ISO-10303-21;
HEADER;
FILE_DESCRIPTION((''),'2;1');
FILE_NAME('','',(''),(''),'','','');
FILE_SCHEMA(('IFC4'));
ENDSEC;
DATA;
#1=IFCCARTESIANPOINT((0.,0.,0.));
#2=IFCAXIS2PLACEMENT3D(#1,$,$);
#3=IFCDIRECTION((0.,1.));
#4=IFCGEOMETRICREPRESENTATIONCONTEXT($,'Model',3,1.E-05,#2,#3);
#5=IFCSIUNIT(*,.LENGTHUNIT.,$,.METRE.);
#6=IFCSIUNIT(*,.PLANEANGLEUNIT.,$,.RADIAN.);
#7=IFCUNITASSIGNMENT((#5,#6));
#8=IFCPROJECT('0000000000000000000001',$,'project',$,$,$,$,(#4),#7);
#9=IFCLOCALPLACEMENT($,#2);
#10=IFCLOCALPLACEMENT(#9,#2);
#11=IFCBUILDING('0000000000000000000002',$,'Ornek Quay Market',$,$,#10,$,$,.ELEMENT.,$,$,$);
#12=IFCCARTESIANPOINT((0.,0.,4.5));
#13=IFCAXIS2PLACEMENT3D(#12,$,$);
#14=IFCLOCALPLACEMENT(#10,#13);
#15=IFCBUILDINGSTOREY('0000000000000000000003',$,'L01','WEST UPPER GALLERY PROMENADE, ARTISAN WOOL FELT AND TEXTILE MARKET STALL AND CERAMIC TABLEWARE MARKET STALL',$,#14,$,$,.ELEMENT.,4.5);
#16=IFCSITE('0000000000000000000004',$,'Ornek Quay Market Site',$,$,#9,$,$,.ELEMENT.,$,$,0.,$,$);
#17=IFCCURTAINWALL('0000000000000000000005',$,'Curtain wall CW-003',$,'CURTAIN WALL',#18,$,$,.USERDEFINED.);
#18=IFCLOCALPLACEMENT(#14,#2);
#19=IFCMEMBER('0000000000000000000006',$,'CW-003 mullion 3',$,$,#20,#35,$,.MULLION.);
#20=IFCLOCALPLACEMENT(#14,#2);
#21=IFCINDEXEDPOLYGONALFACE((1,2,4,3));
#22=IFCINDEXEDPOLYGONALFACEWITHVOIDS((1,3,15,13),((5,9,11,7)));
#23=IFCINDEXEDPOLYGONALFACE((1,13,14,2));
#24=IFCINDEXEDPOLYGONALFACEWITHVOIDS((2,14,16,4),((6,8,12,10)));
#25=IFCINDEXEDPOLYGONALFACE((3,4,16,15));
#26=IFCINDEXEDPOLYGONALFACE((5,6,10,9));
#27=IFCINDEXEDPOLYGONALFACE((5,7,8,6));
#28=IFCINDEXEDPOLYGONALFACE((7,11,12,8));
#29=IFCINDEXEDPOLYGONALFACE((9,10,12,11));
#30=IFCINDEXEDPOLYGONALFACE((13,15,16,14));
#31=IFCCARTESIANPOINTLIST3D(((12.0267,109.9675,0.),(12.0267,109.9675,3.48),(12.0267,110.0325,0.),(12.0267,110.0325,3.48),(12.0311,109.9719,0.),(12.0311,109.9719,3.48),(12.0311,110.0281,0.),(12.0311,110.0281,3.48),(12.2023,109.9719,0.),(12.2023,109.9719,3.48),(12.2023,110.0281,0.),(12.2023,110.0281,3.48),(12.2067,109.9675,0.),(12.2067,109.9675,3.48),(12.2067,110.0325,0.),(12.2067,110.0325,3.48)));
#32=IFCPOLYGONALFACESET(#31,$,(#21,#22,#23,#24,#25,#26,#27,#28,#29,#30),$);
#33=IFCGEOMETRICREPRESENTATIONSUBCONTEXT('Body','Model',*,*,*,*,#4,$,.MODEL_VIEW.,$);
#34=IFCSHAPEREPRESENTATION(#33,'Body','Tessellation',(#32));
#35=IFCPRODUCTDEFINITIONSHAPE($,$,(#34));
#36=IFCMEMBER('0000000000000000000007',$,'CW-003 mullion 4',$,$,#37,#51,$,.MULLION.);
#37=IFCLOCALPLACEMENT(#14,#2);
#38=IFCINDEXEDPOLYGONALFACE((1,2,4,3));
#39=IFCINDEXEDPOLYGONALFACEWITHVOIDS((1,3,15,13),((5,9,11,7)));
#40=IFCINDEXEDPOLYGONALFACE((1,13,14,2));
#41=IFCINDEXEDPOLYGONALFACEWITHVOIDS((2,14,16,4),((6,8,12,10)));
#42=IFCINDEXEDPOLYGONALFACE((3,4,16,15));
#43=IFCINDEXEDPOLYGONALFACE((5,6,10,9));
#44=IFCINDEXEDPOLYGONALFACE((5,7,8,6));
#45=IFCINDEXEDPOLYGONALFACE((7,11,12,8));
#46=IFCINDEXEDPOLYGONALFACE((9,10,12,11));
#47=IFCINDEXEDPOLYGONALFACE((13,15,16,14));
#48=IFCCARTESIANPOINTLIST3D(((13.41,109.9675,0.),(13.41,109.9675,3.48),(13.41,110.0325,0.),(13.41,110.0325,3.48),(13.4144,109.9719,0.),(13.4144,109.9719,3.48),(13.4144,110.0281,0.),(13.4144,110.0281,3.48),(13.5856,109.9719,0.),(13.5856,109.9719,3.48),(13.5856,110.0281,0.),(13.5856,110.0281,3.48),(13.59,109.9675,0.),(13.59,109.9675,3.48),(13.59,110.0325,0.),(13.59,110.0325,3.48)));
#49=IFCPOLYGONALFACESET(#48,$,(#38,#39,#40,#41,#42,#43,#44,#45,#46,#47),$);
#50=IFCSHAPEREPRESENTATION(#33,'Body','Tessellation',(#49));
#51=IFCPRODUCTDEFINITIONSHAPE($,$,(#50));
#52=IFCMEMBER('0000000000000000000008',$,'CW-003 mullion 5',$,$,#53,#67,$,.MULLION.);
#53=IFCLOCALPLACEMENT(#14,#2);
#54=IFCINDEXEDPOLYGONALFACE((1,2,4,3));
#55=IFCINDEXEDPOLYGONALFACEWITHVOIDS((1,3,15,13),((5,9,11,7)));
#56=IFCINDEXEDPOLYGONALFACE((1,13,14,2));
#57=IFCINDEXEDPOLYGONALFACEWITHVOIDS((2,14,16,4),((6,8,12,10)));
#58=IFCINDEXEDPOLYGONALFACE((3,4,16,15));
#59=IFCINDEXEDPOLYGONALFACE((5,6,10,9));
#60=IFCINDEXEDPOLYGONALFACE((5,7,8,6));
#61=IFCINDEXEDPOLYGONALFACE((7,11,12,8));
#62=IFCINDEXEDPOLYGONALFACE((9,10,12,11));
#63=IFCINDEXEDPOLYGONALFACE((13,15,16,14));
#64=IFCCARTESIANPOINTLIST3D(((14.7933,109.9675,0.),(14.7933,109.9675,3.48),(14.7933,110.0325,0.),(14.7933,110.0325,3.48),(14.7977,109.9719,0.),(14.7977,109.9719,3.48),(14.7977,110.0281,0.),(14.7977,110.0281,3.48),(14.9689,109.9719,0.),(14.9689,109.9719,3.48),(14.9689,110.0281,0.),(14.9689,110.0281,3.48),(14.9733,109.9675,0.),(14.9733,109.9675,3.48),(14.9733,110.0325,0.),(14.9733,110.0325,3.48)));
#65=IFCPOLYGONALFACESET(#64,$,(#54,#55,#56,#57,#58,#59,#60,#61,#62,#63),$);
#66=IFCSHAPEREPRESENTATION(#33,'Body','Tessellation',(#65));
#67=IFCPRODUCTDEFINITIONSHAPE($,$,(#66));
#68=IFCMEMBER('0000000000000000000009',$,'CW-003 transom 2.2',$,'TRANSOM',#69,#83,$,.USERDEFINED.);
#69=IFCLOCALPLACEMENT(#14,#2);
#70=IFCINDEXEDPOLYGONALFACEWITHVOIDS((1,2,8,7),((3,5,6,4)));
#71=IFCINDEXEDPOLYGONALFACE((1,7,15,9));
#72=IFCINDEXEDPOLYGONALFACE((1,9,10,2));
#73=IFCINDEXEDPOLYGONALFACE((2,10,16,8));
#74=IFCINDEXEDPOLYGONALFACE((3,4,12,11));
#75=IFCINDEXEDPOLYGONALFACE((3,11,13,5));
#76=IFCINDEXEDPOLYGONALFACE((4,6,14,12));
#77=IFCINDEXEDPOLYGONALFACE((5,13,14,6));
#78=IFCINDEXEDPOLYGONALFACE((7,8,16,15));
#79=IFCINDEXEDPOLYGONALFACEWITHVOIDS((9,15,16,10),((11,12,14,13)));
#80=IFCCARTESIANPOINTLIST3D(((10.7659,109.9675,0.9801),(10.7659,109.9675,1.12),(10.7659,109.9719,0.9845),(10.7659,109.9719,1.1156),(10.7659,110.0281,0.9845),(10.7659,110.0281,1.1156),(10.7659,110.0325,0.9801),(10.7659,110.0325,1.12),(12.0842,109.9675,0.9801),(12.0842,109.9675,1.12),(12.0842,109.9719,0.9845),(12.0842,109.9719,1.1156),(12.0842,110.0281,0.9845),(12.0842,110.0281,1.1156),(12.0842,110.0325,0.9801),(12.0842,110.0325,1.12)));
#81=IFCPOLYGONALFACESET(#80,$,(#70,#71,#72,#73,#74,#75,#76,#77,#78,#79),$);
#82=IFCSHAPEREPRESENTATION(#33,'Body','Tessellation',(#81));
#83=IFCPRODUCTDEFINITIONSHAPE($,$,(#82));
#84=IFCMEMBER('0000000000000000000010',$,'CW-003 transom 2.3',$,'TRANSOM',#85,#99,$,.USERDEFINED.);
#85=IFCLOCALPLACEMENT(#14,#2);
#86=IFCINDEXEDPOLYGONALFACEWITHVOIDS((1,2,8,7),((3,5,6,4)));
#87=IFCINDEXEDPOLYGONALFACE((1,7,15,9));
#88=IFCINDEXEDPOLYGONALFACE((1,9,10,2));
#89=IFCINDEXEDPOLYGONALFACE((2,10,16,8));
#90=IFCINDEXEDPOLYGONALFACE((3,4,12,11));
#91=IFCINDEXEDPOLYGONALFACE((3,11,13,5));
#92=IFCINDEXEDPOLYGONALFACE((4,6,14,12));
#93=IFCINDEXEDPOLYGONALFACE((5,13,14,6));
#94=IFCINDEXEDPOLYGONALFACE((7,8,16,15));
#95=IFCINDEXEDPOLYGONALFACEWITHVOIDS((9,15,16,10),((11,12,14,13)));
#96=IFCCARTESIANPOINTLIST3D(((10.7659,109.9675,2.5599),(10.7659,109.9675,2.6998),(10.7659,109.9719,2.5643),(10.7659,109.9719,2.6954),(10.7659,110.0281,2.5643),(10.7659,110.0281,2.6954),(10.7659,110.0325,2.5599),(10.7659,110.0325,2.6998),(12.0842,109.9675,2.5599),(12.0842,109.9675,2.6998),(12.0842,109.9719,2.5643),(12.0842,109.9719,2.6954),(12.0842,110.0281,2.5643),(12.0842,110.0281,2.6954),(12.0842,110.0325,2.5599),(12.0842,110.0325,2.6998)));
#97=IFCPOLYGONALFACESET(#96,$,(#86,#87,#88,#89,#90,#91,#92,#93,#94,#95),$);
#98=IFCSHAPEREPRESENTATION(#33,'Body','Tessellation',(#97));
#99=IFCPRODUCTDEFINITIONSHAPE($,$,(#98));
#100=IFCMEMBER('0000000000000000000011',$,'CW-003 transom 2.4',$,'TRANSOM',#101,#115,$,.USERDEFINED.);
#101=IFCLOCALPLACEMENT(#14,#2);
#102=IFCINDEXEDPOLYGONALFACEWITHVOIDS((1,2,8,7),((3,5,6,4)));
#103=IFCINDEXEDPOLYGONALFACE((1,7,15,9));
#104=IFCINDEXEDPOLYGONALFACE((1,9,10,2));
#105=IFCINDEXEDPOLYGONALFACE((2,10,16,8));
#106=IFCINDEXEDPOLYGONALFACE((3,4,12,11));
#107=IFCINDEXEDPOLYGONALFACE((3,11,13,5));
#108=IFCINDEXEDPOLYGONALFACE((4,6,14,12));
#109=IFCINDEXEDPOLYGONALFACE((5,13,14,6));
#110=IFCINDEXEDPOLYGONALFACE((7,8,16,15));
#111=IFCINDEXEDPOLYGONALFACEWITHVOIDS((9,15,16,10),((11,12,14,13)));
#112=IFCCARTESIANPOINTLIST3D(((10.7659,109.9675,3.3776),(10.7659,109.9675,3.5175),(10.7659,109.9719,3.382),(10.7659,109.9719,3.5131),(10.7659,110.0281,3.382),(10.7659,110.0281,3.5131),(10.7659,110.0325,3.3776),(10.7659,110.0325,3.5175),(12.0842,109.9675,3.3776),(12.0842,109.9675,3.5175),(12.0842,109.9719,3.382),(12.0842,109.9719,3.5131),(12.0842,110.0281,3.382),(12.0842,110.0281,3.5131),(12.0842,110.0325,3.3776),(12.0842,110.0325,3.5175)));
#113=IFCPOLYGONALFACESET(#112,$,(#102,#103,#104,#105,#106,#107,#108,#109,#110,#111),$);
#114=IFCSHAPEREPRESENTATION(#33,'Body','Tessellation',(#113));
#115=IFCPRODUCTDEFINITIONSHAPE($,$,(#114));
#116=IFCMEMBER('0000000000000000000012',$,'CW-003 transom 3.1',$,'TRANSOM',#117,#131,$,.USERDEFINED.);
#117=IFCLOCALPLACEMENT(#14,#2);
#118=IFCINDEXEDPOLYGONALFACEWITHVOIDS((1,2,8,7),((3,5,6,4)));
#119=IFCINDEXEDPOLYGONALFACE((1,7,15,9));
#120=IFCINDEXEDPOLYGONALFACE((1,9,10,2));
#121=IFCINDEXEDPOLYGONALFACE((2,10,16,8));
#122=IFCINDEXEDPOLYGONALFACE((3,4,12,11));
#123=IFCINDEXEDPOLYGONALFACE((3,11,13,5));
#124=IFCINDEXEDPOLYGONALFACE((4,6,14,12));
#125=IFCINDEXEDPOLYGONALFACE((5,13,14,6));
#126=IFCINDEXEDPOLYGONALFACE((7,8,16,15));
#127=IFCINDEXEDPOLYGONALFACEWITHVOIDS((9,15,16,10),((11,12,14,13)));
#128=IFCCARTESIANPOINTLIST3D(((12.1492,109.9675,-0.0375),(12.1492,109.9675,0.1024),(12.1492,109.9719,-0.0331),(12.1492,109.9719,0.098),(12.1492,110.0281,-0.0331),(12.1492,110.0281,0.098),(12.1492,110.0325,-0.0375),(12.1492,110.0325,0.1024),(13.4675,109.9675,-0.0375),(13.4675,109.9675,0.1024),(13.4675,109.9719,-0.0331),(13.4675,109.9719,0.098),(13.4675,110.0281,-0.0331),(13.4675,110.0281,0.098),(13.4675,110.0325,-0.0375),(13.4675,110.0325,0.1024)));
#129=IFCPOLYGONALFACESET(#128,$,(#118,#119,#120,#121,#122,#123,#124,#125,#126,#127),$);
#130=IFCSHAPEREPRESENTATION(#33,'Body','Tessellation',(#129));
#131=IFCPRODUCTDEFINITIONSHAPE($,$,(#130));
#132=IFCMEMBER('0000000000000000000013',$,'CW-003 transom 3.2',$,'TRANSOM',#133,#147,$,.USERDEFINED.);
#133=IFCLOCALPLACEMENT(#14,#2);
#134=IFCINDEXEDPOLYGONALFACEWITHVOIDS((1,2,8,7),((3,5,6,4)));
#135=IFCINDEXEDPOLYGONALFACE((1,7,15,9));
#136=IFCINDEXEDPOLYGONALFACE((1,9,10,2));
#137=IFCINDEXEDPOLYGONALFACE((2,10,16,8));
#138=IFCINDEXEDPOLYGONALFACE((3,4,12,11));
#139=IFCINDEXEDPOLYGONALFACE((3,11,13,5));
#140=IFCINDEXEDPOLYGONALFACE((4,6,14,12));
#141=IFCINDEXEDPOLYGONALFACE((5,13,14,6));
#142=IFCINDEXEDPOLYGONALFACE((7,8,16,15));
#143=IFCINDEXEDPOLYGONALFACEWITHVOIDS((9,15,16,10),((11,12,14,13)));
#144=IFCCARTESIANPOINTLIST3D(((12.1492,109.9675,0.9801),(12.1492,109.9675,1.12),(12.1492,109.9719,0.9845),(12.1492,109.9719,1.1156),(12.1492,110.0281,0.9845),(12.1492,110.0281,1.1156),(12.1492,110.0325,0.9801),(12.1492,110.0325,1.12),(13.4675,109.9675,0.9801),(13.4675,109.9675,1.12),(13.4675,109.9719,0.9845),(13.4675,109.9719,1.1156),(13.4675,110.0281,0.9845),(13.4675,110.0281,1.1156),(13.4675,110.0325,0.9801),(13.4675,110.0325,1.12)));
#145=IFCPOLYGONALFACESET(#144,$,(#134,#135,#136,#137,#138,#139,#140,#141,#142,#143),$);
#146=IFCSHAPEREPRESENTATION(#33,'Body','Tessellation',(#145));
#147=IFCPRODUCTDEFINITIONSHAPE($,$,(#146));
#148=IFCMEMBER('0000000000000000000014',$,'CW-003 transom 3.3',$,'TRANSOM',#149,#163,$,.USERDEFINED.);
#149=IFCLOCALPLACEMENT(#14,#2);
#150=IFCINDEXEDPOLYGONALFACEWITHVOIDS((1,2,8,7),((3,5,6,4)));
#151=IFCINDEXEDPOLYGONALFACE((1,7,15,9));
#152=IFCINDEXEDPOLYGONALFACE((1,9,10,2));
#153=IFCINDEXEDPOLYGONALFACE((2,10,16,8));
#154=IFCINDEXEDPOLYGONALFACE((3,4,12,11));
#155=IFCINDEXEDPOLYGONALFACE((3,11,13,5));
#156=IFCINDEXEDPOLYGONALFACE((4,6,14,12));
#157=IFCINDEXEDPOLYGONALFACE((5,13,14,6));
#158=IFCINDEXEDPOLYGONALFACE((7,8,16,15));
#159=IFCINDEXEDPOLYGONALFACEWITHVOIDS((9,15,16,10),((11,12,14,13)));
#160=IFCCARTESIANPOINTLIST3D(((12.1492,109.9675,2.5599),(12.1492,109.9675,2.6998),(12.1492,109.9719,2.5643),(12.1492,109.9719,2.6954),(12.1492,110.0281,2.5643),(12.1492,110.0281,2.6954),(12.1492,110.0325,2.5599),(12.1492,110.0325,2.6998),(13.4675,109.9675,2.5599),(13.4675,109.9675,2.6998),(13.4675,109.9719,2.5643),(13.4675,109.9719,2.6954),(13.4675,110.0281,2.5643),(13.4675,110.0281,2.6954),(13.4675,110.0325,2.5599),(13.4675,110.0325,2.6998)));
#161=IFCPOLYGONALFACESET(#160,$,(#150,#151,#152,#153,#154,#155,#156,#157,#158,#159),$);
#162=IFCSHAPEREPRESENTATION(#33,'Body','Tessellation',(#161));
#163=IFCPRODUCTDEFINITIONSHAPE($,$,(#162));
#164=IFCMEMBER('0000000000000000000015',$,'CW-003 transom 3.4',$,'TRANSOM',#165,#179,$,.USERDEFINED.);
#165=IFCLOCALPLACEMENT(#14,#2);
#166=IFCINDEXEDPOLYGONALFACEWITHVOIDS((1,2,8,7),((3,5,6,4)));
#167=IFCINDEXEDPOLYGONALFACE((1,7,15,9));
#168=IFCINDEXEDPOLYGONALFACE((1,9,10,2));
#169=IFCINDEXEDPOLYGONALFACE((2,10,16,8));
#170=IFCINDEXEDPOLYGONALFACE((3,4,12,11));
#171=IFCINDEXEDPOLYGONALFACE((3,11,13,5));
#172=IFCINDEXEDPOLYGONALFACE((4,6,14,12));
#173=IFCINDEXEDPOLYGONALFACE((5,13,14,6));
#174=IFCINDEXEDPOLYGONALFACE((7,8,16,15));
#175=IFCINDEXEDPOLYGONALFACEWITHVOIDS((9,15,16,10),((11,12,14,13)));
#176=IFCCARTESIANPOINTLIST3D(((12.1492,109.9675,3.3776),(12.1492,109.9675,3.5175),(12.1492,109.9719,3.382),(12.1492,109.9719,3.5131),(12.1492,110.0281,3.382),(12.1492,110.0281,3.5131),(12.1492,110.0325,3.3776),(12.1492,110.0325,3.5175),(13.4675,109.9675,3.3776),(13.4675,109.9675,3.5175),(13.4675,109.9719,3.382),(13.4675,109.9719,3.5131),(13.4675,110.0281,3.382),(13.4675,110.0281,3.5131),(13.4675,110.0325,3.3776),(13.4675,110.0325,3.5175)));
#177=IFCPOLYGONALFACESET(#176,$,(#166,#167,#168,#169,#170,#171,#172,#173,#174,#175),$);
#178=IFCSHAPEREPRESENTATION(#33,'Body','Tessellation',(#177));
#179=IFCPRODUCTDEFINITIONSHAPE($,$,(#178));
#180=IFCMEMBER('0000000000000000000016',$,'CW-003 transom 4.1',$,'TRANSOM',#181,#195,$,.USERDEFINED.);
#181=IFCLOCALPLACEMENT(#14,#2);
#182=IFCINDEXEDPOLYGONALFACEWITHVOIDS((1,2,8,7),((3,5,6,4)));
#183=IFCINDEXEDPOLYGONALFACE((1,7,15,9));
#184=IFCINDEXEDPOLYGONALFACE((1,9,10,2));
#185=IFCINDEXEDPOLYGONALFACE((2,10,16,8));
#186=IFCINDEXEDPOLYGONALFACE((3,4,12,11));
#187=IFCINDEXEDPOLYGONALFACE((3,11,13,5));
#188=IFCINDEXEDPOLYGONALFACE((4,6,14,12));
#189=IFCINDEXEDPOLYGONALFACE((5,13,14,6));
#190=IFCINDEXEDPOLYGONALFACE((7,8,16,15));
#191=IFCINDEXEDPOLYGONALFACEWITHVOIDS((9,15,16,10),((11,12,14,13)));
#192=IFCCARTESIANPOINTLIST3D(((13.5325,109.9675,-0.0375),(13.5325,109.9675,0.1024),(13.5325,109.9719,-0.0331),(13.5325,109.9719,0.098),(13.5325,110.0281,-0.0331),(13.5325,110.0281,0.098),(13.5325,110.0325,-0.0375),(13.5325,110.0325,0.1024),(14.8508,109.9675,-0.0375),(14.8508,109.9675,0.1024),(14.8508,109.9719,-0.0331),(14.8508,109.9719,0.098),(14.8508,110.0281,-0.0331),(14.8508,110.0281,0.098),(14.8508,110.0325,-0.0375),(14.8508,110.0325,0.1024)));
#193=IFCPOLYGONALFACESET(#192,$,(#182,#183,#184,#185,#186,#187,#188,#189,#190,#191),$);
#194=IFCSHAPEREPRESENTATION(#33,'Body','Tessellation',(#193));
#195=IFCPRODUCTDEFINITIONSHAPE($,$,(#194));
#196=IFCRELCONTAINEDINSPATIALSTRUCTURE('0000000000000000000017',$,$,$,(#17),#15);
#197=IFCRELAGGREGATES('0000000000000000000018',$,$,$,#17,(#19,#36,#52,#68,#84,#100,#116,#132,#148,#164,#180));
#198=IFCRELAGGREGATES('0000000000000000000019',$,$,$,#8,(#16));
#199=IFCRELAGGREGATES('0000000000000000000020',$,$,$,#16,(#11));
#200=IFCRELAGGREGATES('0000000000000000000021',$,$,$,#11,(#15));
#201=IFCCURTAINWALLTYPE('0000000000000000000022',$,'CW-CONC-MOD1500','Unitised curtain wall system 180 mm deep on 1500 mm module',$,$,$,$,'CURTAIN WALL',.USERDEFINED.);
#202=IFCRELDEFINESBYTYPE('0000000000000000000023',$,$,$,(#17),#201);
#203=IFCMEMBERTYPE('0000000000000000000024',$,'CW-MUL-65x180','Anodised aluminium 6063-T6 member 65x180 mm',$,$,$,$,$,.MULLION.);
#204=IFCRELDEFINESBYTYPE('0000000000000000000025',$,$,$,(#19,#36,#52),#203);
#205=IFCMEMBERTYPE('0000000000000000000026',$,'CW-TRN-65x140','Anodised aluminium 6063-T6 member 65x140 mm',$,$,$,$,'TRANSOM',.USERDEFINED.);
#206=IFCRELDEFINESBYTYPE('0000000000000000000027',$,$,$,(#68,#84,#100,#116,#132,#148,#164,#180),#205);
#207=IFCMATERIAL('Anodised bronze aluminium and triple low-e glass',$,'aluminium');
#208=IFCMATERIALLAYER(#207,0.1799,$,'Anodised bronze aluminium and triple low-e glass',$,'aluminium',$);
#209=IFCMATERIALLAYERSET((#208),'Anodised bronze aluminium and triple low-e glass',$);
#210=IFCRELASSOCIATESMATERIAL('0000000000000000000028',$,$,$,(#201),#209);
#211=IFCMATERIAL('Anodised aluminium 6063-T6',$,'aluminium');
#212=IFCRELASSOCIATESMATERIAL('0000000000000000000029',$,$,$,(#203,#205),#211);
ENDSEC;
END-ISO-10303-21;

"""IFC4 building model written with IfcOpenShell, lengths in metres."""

from ifc_helpers import new_model, si_unit, direction, frame, origin, origin_2d, place, context, subcontext, project, spatial, hollow_rectangle, extrude, material, layer, layer_set, material_profile, profile_set, type_object, element, aggregate, save


model = new_model("IFC4")

# Units and contexts
model_context = context("Model", 3, precision=1e-05, world=origin(), true_north=direction((0.0, 1.0)))
body_context = subcontext(model_context, "Body", "Model", "MODEL_VIEW")
ifc_project = project(units=[si_unit("LENGTHUNIT", "METRE"), si_unit("PLANEANGLEUNIT", "RADIAN")], contexts=[model_context])

# Site, building, storey
site_placement = place(None, origin())
site = spatial("IfcSite", under=ifc_project, at=site_placement, Name="Ornek Quay Market Site", CompositionType="ELEMENT", RefElevation=0.0)
building_placement = place(site_placement, origin())
building = spatial("IfcBuilding", under=site, at=building_placement, Name="Ornek Quay Market", CompositionType="ELEMENT")
storey_placement = place(building_placement, frame((0.0, 0.0, 4.5)))
storey = spatial("IfcBuildingStorey", under=building, at=storey_placement, Name="L01", Description="WEST UPPER GALLERY PROMENADE, ARTISAN WOOL FELT AND TEXTILE MARKET STALL AND CERAMIC TABLEWARE MARKET STALL", CompositionType="ELEMENT", Elevation=4.5)

# Curtain wall, members
ifc_material_1 = material(Name="Anodised bronze aluminium and triple low-e glass", Category="aluminium")
ifc_layer_1 = layer(ifc_material_1, 0.1799, Name="Anodised bronze aluminium and triple low-e glass", Category="aluminium")
ifc_layer_set_1 = layer_set([ifc_layer_1], Name="Anodised bronze aluminium and triple low-e glass")
curtain_wall_type = type_object("IfcCurtainWallType", Name="CW-CONC-MOD1500", Description="Unitised curtain wall system 180 mm deep on 1500 mm module", ElementType="CURTAIN WALL", PredefinedType="USERDEFINED", material=ifc_layer_set_1)
curtain_wall_placement = place(storey_placement, origin())
curtain_wall = element("IfcCurtainWall", 1, at=curtain_wall_placement, inside=storey, type_object=curtain_wall_type, Name="Curtain wall CW-003", ObjectType="CURTAIN WALL", PredefinedType="USERDEFINED")
ifc_material_2 = material(Name="Anodised aluminium 6063-T6", Category="aluminium")
ifc_material_profile_1 = material_profile(ifc_material_2, hollow_rectangle(XDim=0.0649, YDim=0.1799, WallThickness=0.0044, at=origin_2d()), Name="CW-MUL-65x180", Category="aluminium")
ifc_profile_set_1 = profile_set([ifc_material_profile_1], Name="Anodised aluminium 6063-T6")
member_type_1 = type_object("IfcMemberType", Name="CW-MUL-65x180", Description="Anodised aluminium 6063-T6 member 65x180 mm", PredefinedType="MULLION", material=ifc_profile_set_1)
member_1_placement = place(storey_placement, frame((12.1167, 110.0, 0.0), z_axis=(0.0, 0.0, 1.0), x_axis=(0.0, 1.0, 0.0)))
member_1 = element("IfcMember", 2, at=member_1_placement, type_object=member_type_1, Name="CW-003 mullion 3", PredefinedType="MULLION", context=body_context, shape_type="SweptSolid", body=[
    extrude(hollow_rectangle(XDim=0.0649, YDim=0.1799, WallThickness=0.0044, at=origin_2d()), origin(), (0.0, 0.0, 1.0), 3.48),
])
member_2_placement = place(storey_placement, frame((13.5, 110.0, 0.0), z_axis=(0.0, 0.0, 1.0), x_axis=(0.0, 1.0, 0.0)))
member_2 = element("IfcMember", 3, at=member_2_placement, type_object=member_type_1, Name="CW-003 mullion 4", PredefinedType="MULLION", context=body_context, shape_type="SweptSolid", body=[
    extrude(hollow_rectangle(XDim=0.0649, YDim=0.1799, WallThickness=0.0044, at=origin_2d()), origin(), (0.0, 0.0, 1.0), 3.48),
])
member_3_placement = place(storey_placement, frame((14.8833, 110.0, 0.0), z_axis=(0.0, 0.0, 1.0), x_axis=(0.0, 1.0, 0.0)))
member_3 = element("IfcMember", 4, at=member_3_placement, type_object=member_type_1, Name="CW-003 mullion 5", PredefinedType="MULLION", context=body_context, shape_type="SweptSolid", body=[
    extrude(hollow_rectangle(XDim=0.0649, YDim=0.1799, WallThickness=0.0044, at=origin_2d()), origin(), (0.0, 0.0, 1.0), 3.48),
])
ifc_material_profile_2 = material_profile(ifc_material_2, hollow_rectangle(XDim=0.0649, YDim=0.1399, WallThickness=0.0044, at=origin_2d()), Name="CW-TRN-65x140", Category="aluminium")
ifc_profile_set_2 = profile_set([ifc_material_profile_2], Name="Anodised aluminium 6063-T6")
member_type_2 = type_object("IfcMemberType", Name="CW-TRN-65x140", Description="Anodised aluminium 6063-T6 member 65x140 mm", ElementType="TRANSOM", PredefinedType="USERDEFINED", material=ifc_profile_set_2)
member_4_placement = place(storey_placement, frame((10.7659, 110.0, 1.05), z_axis=(1.0, 0.0, 0.0), x_axis=(0.0, 1.0, 0.0)))
member_4 = element("IfcMember", 5, at=member_4_placement, type_object=member_type_2, Name="CW-003 transom 2.2", ObjectType="TRANSOM", PredefinedType="USERDEFINED", context=body_context, shape_type="SweptSolid", body=[
    extrude(hollow_rectangle(XDim=0.0649, YDim=0.1399, WallThickness=0.0044, at=origin_2d()), origin(), (0.0, 0.0, 1.0), 1.3184),
])
member_5_placement = place(storey_placement, frame((10.7659, 110.0, 2.6299), z_axis=(1.0, 0.0, 0.0), x_axis=(0.0, 1.0, 0.0)))
member_5 = element("IfcMember", 6, at=member_5_placement, type_object=member_type_2, Name="CW-003 transom 2.3", ObjectType="TRANSOM", PredefinedType="USERDEFINED", context=body_context, shape_type="SweptSolid", body=[
    extrude(hollow_rectangle(XDim=0.0649, YDim=0.1399, WallThickness=0.0044, at=origin_2d()), origin(), (0.0, 0.0, 1.0), 1.3184),
])
member_6_placement = place(storey_placement, frame((10.7659, 110.0, 3.4475), z_axis=(1.0, 0.0, 0.0), x_axis=(0.0, 1.0, 0.0)))
member_6 = element("IfcMember", 7, at=member_6_placement, type_object=member_type_2, Name="CW-003 transom 2.4", ObjectType="TRANSOM", PredefinedType="USERDEFINED", context=body_context, shape_type="SweptSolid", body=[
    extrude(hollow_rectangle(XDim=0.0649, YDim=0.1399, WallThickness=0.0044, at=origin_2d()), origin(), (0.0, 0.0, 1.0), 1.3184),
])
member_7_placement = place(storey_placement, frame((12.1492, 110.0, 0.0325), z_axis=(1.0, 0.0, 0.0), x_axis=(0.0, 1.0, 0.0)))
member_7 = element("IfcMember", 8, at=member_7_placement, type_object=member_type_2, Name="CW-003 transom 3.1", ObjectType="TRANSOM", PredefinedType="USERDEFINED", context=body_context, shape_type="SweptSolid", body=[
    extrude(hollow_rectangle(XDim=0.0649, YDim=0.1399, WallThickness=0.0044, at=origin_2d()), origin(), (0.0, 0.0, 1.0), 1.3184),
])
member_8_placement = place(storey_placement, frame((12.1492, 110.0, 1.05), z_axis=(1.0, 0.0, 0.0), x_axis=(0.0, 1.0, 0.0)))
member_8 = element("IfcMember", 9, at=member_8_placement, type_object=member_type_2, Name="CW-003 transom 3.2", ObjectType="TRANSOM", PredefinedType="USERDEFINED", context=body_context, shape_type="SweptSolid", body=[
    extrude(hollow_rectangle(XDim=0.0649, YDim=0.1399, WallThickness=0.0044, at=origin_2d()), origin(), (0.0, 0.0, 1.0), 1.3184),
])
member_9_placement = place(storey_placement, frame((12.1492, 110.0, 2.6299), z_axis=(1.0, 0.0, 0.0), x_axis=(0.0, 1.0, 0.0)))
member_9 = element("IfcMember", 10, at=member_9_placement, type_object=member_type_2, Name="CW-003 transom 3.3", ObjectType="TRANSOM", PredefinedType="USERDEFINED", context=body_context, shape_type="SweptSolid", body=[
    extrude(hollow_rectangle(XDim=0.0649, YDim=0.1399, WallThickness=0.0044, at=origin_2d()), origin(), (0.0, 0.0, 1.0), 1.3184),
])
member_10_placement = place(storey_placement, frame((12.1492, 110.0, 3.4475), z_axis=(1.0, 0.0, 0.0), x_axis=(0.0, 1.0, 0.0)))
member_10 = element("IfcMember", 11, at=member_10_placement, type_object=member_type_2, Name="CW-003 transom 3.4", ObjectType="TRANSOM", PredefinedType="USERDEFINED", context=body_context, shape_type="SweptSolid", body=[
    extrude(hollow_rectangle(XDim=0.0649, YDim=0.1399, WallThickness=0.0044, at=origin_2d()), origin(), (0.0, 0.0, 1.0), 1.3184),
])
member_11_placement = place(storey_placement, frame((13.5325, 110.0, 0.0325), z_axis=(1.0, 0.0, 0.0), x_axis=(0.0, 1.0, 0.0)))
member_11 = element("IfcMember", 12, at=member_11_placement, type_object=member_type_2, Name="CW-003 transom 4.1", ObjectType="TRANSOM", PredefinedType="USERDEFINED", context=body_context, shape_type="SweptSolid", body=[
    extrude(hollow_rectangle(XDim=0.0649, YDim=0.1399, WallThickness=0.0044, at=origin_2d()), origin(), (0.0, 0.0, 1.0), 1.3184),
])
aggregate(curtain_wall, [member_1, member_2, member_3, member_4, member_5, member_6, member_7, member_8, member_9, member_10, member_11])

save(model, "model.ifc")
